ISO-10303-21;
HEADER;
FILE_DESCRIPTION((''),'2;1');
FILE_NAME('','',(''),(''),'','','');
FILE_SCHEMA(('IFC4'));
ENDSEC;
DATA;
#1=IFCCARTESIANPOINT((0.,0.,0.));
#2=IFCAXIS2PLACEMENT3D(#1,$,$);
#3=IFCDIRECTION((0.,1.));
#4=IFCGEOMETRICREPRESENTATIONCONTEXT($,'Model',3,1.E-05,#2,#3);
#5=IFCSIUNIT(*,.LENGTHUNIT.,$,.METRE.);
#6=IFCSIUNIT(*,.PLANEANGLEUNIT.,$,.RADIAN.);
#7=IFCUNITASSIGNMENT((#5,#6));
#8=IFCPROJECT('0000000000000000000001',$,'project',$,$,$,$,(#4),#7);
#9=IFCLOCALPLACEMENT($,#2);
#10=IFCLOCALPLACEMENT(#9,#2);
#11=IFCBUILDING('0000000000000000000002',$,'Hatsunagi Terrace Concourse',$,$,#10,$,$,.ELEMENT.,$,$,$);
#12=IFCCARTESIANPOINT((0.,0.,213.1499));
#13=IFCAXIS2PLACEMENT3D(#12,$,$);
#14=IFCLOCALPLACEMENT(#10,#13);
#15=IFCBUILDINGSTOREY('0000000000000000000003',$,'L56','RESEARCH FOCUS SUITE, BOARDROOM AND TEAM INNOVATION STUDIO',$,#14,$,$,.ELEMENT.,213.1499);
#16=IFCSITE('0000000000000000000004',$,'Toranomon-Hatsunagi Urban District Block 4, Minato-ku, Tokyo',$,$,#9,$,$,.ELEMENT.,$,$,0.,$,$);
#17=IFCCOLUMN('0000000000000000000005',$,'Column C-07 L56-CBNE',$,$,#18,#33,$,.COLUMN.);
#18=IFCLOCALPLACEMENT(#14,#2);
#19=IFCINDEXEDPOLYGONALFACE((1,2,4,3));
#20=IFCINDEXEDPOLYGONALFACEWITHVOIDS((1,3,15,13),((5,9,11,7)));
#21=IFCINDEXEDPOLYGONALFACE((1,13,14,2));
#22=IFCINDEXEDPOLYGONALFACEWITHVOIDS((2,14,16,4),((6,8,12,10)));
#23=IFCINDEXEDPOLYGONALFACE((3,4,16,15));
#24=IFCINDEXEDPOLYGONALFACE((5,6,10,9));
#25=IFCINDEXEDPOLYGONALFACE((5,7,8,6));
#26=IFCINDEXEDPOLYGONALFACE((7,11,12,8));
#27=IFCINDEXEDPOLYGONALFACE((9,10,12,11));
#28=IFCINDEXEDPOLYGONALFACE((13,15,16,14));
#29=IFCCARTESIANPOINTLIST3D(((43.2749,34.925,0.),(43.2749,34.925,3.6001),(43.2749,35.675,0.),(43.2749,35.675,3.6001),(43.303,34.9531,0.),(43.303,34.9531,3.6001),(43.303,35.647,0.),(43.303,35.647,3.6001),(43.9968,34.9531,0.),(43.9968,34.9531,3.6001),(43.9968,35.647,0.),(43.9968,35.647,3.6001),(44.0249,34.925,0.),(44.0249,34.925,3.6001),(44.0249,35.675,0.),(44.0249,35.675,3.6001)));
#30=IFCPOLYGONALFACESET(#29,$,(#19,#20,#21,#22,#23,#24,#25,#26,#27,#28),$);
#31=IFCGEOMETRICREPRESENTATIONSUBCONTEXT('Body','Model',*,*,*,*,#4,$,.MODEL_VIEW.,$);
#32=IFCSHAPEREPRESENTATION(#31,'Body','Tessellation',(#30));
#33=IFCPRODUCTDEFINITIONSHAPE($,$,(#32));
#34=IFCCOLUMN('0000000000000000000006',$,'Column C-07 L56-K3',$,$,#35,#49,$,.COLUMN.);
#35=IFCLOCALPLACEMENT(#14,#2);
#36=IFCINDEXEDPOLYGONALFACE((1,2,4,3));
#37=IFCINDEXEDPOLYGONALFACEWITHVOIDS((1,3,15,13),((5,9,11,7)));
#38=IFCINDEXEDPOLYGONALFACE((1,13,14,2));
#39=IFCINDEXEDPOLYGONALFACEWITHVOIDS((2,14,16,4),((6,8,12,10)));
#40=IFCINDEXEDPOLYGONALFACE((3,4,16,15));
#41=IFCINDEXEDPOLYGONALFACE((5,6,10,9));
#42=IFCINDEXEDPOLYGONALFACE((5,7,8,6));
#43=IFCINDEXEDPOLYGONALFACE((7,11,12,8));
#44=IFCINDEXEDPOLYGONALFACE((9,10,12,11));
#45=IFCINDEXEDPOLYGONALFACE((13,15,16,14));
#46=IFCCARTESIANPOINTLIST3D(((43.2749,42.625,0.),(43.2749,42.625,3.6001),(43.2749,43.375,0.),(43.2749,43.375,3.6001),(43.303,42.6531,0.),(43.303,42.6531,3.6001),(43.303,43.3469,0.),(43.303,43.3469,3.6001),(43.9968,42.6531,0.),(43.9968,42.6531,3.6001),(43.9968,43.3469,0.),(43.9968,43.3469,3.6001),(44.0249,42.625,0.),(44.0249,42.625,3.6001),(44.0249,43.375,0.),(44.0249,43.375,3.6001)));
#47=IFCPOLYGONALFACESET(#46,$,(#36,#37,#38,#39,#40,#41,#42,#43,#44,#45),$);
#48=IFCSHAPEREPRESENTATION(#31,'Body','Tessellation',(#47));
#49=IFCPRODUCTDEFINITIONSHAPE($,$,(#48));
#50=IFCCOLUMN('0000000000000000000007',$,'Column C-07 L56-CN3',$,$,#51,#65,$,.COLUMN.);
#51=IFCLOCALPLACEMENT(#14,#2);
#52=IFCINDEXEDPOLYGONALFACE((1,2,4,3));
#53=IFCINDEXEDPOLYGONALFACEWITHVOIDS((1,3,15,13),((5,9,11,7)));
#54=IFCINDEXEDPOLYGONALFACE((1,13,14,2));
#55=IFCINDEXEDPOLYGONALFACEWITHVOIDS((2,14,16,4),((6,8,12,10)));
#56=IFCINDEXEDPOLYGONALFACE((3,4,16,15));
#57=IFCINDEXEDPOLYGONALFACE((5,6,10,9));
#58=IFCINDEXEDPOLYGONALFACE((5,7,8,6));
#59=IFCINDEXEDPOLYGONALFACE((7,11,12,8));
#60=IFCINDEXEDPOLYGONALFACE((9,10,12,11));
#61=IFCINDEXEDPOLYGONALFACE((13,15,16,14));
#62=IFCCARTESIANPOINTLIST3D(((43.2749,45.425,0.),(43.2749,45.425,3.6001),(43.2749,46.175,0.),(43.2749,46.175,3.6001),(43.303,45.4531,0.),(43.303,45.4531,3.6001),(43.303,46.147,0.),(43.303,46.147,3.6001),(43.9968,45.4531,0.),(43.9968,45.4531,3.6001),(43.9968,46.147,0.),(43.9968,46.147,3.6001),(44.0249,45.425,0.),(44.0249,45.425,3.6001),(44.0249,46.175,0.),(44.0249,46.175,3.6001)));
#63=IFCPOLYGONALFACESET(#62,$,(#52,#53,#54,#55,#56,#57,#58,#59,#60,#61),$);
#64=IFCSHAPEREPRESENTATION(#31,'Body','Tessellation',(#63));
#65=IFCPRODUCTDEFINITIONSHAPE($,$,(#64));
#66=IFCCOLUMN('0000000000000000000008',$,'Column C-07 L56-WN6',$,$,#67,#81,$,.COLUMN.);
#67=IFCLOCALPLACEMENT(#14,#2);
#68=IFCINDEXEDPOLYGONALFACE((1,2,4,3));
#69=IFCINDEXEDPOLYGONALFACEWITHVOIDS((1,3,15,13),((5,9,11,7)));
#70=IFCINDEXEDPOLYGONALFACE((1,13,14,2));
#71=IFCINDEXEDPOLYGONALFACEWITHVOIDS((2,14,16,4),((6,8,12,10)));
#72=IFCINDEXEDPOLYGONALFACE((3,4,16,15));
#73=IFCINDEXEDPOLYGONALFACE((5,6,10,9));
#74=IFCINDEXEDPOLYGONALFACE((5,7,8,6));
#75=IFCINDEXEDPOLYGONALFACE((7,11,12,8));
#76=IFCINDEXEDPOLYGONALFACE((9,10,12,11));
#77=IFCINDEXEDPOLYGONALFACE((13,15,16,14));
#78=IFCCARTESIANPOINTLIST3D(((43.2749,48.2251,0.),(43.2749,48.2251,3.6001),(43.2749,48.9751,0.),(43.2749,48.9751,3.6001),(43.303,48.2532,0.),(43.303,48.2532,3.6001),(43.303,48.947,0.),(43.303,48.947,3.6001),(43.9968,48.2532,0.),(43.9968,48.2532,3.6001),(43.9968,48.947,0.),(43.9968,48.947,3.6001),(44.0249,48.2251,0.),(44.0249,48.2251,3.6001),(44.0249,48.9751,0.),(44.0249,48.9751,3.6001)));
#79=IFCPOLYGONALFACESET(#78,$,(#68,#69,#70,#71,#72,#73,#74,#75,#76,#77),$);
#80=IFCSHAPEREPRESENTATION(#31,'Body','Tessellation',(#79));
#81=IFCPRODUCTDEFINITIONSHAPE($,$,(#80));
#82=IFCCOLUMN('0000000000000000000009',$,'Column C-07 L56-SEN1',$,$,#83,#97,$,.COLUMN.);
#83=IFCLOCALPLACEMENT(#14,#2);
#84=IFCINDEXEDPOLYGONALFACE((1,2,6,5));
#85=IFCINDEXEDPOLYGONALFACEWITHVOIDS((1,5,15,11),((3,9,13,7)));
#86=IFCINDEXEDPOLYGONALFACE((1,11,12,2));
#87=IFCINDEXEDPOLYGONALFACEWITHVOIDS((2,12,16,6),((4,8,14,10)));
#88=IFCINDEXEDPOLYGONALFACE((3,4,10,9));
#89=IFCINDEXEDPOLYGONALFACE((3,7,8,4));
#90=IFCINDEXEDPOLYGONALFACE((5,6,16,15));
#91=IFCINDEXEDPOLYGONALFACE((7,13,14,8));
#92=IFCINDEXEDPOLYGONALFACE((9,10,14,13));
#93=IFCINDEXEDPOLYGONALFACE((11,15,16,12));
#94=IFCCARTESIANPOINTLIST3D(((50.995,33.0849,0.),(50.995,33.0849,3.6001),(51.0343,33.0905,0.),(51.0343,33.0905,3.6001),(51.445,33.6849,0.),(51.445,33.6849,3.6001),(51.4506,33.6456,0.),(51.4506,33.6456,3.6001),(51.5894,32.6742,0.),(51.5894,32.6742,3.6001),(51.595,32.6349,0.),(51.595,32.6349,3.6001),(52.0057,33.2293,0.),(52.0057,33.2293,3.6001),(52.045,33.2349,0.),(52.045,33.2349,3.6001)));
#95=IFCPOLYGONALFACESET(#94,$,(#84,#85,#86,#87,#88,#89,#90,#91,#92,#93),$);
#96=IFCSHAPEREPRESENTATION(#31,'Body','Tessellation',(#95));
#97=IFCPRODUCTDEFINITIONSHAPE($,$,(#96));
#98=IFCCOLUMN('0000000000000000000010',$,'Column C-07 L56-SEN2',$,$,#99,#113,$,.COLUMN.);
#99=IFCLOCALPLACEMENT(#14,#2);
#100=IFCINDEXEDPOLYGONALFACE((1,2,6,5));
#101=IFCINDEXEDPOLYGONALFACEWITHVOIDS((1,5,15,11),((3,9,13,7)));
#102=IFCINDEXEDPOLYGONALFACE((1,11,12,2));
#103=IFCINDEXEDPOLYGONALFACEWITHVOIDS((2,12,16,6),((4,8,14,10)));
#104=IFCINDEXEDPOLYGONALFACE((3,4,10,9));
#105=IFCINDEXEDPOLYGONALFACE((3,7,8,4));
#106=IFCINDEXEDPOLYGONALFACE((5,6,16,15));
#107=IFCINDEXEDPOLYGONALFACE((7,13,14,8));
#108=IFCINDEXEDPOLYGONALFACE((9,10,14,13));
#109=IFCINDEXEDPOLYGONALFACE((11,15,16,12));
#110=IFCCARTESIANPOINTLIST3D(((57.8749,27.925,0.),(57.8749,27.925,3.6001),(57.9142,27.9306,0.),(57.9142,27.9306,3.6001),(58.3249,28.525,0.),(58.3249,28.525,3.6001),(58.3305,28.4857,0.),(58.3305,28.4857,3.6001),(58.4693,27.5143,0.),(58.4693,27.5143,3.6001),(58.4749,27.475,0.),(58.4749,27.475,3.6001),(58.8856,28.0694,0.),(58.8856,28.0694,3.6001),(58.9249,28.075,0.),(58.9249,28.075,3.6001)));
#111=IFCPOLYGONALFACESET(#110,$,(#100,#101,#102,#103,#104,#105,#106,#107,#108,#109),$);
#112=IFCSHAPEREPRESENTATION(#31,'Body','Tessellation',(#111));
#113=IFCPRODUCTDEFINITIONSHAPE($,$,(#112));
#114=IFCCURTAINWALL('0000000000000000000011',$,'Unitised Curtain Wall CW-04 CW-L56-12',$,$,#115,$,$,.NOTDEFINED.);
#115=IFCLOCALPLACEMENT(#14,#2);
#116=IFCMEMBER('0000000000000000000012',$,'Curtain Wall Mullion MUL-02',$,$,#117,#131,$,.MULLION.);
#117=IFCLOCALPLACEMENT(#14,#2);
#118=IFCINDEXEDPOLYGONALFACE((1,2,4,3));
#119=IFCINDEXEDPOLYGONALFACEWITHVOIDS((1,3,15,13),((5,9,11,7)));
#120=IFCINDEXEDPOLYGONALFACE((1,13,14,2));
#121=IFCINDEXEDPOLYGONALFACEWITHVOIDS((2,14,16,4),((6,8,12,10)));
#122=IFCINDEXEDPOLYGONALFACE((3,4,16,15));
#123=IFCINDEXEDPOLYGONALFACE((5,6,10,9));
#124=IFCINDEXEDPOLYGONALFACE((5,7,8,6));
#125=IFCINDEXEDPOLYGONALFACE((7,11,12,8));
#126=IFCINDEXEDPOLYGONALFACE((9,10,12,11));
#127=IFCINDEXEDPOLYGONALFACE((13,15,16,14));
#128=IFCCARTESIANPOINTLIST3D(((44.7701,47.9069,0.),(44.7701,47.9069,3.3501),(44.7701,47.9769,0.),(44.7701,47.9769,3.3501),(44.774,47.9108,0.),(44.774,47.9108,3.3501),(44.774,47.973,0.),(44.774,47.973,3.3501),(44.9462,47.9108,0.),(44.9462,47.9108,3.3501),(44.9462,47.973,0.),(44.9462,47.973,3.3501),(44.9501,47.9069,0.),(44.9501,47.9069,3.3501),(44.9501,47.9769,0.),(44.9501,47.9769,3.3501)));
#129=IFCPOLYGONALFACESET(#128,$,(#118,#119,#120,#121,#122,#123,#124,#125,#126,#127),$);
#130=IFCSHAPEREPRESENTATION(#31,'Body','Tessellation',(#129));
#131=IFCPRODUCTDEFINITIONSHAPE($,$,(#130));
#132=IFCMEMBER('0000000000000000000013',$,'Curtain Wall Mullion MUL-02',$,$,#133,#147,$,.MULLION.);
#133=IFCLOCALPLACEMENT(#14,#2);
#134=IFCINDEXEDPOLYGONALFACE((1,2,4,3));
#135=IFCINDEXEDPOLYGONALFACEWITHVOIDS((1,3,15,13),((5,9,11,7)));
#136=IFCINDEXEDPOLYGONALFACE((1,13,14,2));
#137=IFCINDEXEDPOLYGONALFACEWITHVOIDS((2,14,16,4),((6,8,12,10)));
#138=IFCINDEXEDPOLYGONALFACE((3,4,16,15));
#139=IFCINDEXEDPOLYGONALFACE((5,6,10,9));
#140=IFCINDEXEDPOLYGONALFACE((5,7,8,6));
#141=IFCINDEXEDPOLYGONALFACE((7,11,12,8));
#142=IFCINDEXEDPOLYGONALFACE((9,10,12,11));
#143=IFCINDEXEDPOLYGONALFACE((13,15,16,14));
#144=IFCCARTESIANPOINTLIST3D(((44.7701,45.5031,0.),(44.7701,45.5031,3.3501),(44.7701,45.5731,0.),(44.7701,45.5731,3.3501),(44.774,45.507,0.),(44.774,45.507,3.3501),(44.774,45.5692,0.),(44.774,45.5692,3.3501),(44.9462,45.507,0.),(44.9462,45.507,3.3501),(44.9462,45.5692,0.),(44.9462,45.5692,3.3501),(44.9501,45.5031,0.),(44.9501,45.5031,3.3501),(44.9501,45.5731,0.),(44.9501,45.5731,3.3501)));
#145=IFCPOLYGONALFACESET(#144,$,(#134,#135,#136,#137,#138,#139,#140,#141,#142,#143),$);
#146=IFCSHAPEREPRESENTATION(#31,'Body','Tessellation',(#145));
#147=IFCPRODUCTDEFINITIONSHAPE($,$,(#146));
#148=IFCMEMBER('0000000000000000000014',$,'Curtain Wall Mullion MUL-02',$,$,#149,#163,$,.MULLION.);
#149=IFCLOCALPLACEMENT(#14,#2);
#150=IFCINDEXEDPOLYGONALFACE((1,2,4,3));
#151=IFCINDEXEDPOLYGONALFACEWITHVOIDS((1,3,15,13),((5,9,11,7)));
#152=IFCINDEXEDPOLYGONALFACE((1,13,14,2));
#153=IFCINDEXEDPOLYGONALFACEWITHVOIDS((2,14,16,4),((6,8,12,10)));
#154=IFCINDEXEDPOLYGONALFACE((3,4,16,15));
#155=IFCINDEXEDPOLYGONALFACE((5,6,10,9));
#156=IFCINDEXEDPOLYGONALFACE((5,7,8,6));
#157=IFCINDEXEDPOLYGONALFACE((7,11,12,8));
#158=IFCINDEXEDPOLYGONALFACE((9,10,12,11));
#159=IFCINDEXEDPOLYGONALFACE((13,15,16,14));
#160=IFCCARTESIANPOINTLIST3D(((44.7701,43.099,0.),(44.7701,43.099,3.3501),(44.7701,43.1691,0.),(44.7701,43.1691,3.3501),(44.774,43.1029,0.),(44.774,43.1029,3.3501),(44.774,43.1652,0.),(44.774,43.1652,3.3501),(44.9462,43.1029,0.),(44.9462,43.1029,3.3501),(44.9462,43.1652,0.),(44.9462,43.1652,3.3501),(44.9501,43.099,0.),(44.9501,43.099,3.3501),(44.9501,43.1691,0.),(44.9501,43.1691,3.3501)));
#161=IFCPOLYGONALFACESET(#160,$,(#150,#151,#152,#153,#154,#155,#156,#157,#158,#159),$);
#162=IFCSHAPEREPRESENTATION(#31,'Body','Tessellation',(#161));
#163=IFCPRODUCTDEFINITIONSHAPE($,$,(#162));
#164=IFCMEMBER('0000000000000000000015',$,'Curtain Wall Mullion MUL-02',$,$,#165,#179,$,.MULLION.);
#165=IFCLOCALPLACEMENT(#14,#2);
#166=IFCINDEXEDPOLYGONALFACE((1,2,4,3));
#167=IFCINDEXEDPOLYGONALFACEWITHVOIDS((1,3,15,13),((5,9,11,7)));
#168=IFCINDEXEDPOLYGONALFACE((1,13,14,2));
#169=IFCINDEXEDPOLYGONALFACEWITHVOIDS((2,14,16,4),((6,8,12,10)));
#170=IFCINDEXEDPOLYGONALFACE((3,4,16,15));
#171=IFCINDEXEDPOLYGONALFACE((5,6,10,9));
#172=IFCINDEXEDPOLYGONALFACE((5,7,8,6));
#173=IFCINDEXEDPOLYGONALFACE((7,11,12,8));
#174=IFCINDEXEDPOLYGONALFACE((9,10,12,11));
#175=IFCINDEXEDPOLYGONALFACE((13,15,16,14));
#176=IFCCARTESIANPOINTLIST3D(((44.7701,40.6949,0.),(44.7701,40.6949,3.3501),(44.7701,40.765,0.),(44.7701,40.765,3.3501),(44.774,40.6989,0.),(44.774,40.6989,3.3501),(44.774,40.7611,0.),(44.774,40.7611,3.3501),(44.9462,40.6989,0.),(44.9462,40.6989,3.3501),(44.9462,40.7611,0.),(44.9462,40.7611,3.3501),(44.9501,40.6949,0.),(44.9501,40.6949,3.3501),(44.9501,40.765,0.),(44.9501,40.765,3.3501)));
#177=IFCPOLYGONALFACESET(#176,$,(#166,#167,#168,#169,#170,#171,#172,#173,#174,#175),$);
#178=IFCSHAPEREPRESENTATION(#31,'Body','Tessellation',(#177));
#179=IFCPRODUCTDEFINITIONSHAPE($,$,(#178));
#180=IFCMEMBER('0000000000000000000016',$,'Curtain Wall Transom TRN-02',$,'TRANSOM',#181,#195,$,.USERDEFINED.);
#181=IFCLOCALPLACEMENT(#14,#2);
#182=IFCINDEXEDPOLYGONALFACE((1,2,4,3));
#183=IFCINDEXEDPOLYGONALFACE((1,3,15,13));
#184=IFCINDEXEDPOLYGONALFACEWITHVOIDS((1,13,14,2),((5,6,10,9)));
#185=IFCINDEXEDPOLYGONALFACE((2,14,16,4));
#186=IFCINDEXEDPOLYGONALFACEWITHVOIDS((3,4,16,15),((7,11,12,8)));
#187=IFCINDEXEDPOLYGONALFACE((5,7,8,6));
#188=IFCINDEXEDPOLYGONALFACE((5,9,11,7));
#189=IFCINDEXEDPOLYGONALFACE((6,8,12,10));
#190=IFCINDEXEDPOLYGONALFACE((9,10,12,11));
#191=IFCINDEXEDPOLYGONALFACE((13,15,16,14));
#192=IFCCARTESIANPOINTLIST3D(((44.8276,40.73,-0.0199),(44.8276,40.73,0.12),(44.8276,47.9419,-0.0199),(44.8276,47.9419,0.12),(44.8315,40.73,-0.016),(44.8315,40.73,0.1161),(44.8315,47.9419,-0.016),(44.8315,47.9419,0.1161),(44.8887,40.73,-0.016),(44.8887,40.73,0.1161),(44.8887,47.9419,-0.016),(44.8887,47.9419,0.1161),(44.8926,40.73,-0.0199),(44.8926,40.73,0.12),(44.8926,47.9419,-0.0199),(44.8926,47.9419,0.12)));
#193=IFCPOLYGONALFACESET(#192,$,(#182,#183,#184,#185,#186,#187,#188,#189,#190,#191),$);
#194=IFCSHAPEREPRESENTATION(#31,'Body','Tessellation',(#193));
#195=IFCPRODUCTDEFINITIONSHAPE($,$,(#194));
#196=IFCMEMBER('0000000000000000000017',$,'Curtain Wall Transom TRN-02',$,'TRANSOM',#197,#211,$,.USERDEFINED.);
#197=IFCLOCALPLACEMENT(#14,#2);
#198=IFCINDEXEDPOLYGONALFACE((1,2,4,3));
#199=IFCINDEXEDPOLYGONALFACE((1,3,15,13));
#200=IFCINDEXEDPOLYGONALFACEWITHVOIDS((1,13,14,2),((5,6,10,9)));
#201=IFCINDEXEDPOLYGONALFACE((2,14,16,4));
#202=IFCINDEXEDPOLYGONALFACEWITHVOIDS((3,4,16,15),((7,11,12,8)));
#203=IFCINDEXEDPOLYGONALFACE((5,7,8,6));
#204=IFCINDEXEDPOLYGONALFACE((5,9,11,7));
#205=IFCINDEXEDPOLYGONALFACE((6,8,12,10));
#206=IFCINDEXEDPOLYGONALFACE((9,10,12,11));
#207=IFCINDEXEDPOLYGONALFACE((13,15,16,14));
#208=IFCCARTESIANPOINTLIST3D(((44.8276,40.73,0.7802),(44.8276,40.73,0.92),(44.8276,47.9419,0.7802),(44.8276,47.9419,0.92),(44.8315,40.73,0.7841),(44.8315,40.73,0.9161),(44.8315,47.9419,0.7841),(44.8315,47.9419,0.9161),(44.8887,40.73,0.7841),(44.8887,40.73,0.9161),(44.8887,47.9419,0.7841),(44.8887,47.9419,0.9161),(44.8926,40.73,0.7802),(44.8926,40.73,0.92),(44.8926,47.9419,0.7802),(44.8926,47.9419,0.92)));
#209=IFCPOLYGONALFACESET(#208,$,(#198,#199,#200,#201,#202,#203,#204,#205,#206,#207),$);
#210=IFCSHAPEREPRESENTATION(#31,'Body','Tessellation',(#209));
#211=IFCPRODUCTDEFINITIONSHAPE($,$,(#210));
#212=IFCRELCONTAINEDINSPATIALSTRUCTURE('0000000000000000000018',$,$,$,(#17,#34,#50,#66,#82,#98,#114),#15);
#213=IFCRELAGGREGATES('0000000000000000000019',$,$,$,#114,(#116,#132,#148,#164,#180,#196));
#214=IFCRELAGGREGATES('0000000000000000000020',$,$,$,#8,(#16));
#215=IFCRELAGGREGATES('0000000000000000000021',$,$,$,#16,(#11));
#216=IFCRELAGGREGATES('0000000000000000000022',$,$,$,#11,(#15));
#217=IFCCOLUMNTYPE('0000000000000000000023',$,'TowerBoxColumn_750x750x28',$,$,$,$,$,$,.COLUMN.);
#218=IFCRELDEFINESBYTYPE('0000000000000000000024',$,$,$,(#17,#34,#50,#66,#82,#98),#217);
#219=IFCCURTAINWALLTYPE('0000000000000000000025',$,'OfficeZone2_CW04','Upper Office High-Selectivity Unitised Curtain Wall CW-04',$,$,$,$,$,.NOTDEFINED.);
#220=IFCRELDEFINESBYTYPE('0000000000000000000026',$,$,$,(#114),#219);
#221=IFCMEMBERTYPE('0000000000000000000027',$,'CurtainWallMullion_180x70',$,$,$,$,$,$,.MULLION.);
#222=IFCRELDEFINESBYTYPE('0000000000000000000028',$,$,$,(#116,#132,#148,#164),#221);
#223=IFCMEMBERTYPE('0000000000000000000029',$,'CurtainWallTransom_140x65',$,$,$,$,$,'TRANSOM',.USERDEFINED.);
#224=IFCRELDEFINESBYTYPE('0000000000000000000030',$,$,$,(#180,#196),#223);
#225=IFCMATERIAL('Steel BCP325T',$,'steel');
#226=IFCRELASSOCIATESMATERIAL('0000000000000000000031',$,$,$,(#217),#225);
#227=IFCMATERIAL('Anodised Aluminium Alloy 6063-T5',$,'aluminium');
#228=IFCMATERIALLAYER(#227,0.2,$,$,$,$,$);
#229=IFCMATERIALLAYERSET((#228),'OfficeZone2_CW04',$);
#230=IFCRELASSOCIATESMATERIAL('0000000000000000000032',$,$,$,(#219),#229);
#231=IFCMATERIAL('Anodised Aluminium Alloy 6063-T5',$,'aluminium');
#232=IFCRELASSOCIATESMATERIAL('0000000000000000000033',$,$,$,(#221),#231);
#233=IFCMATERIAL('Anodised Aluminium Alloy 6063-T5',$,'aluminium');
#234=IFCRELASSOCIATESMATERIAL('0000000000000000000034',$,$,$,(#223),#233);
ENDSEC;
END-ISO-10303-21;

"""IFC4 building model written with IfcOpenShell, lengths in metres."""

from ifc_helpers import new_model, si_unit, direction, frame, origin, origin_2d, place, context, subcontext, project, spatial, hollow_rectangle, extrude, material, layer, layer_set, material_profile, profile_set, type_object, element, aggregate, save


model = new_model("IFC4")

# Units and contexts
model_context = context("Model", 3, precision=1e-05, world=origin(), true_north=direction((0.0, 1.0)))
body_context = subcontext(model_context, "Body", "Model", "MODEL_VIEW")
ifc_project = project(units=[si_unit("LENGTHUNIT", "METRE"), si_unit("PLANEANGLEUNIT", "RADIAN")], contexts=[model_context])

# Site, building, storey
site_placement = place(None, origin())
site = spatial("IfcSite", under=ifc_project, at=site_placement, Name="Toranomon-Hatsunagi Urban District Block 4, Minato-ku, Tokyo", CompositionType="ELEMENT", RefElevation=0.0)
building_placement = place(site_placement, origin())
building = spatial("IfcBuilding", under=site, at=building_placement, Name="Hatsunagi Terrace Concourse", CompositionType="ELEMENT")
storey_placement = place(building_placement, frame((0.0, 0.0, 213.1499)))
storey = spatial("IfcBuildingStorey", under=building, at=storey_placement, Name="L56", Description="RESEARCH FOCUS SUITE, BOARDROOM AND TEAM INNOVATION STUDIO", CompositionType="ELEMENT", Elevation=213.1499)

# Columns
ifc_material_1 = material(Name="Steel BCP325T", Category="steel")
ifc_material_profile_1 = material_profile(ifc_material_1, hollow_rectangle(XDim=0.75, YDim=0.75, WallThickness=0.0281, at=origin_2d()), Name="BCP-750x750x28")
ifc_profile_set_1 = profile_set([ifc_material_profile_1], Name="Steel BCP325T")
column_type = type_object("IfcColumnType", Name="TowerBoxColumn_750x750x28", PredefinedType="COLUMN", material=ifc_profile_set_1)
for number, where, z_axis, x_axis, name in (
    (1, (43.6499, 35.3, 0.0), (0.0, 0.0, 1.0), (1.0, 0.0, 0.0), "Column C-07 L56-CBNE"),
    (2, (43.6499, 43.0, 0.0), (0.0, 0.0, 1.0), (1.0, 0.0, 0.0), "Column C-07 L56-K3"),
    (3, (43.6499, 45.8, 0.0), (0.0, 0.0, 1.0), (1.0, 0.0, 0.0), "Column C-07 L56-CN3"),
    (4, (43.6499, 48.6001, 0.0), (0.0, 0.0, 1.0), (1.0, 0.0, 0.0), "Column C-07 L56-WN6"),
    (5, (51.52, 33.1599, 0.0), (0.0, 0.0, 1.0), (0.8, -0.6, 0.0), "Column C-07 L56-SEN1"),
    (6, (58.3999, 28.0, 0.0), (0.0, 0.0, 1.0), (0.8, -0.6, 0.0), "Column C-07 L56-SEN2"),
):
    element("IfcColumn", number, at=place(storey_placement, frame(where, z_axis=z_axis, x_axis=x_axis)), inside=storey, type_object=column_type, Name=name, PredefinedType="COLUMN", context=body_context, shape_type="SweptSolid", body=[
        extrude(hollow_rectangle(XDim=0.75, YDim=0.75, WallThickness=0.0281, at=origin_2d()), origin(), (0.0, 0.0, 1.0), 3.6001),
    ])

# Curtain wall, members
ifc_material_2 = material(Name="Anodised Aluminium Alloy 6063-T5", Category="aluminium")
ifc_layer_1 = layer(ifc_material_2, 0.2)
ifc_layer_set_1 = layer_set([ifc_layer_1], Name="OfficeZone2_CW04")
curtain_wall_type = type_object("IfcCurtainWallType", Name="OfficeZone2_CW04", Description="Upper Office High-Selectivity Unitised Curtain Wall CW-04", PredefinedType="NOTDEFINED", material=ifc_layer_set_1)
curtain_wall_placement = place(storey_placement, origin())
curtain_wall = element("IfcCurtainWall", 7, at=curtain_wall_placement, inside=storey, type_object=curtain_wall_type, Name="Unitised Curtain Wall CW-04 CW-L56-12", PredefinedType="NOTDEFINED")
ifc_material_3 = material(Name="Anodised Aluminium Alloy 6063-T5", Category="aluminium")
ifc_material_profile_2 = material_profile(ifc_material_3, hollow_rectangle(XDim=0.0701, YDim=0.1799, WallThickness=0.0039, at=origin_2d()), Name="ALU-MUL-180x70x4")
ifc_profile_set_2 = profile_set([ifc_material_profile_2], Name="Anodised Aluminium Alloy 6063-T5")
member_type_1 = type_object("IfcMemberType", Name="CurtainWallMullion_180x70", PredefinedType="MULLION", material=ifc_profile_set_2)
member_1_placement = place(storey_placement, frame((44.8601, 47.9419, 0.0), z_axis=(0.0, 0.0, 1.0), x_axis=(0.0, -1.0, 0.0)))
member_1 = element("IfcMember", 8, at=member_1_placement, type_object=member_type_1, Name="Curtain Wall Mullion MUL-02", PredefinedType="MULLION", context=body_context, shape_type="SweptSolid", body=[
    extrude(hollow_rectangle(XDim=0.0701, YDim=0.1799, WallThickness=0.0039, at=origin_2d()), origin(), (0.0, 0.0, 1.0), 3.3501),
])
member_2_placement = place(storey_placement, frame((44.8601, 45.5381, 0.0), z_axis=(0.0, 0.0, 1.0), x_axis=(0.0, -1.0, 0.0)))
member_2 = element("IfcMember", 9, at=member_2_placement, type_object=member_type_1, Name="Curtain Wall Mullion MUL-02", PredefinedType="MULLION", context=body_context, shape_type="SweptSolid", body=[
    extrude(hollow_rectangle(XDim=0.0701, YDim=0.1799, WallThickness=0.0039, at=origin_2d()), origin(), (0.0, 0.0, 1.0), 3.3501),
])
member_3_placement = place(storey_placement, frame((44.8601, 43.134, 0.0), z_axis=(0.0, 0.0, 1.0), x_axis=(0.0, -1.0, 0.0)))
member_3 = element("IfcMember", 10, at=member_3_placement, type_object=member_type_1, Name="Curtain Wall Mullion MUL-02", PredefinedType="MULLION", context=body_context, shape_type="SweptSolid", body=[
    extrude(hollow_rectangle(XDim=0.0701, YDim=0.1799, WallThickness=0.0039, at=origin_2d()), origin(), (0.0, 0.0, 1.0), 3.3501),
])
member_4_placement = place(storey_placement, frame((44.8601, 40.73, 0.0), z_axis=(0.0, 0.0, 1.0), x_axis=(0.0, -1.0, 0.0)))
member_4 = element("IfcMember", 11, at=member_4_placement, type_object=member_type_1, Name="Curtain Wall Mullion MUL-02", PredefinedType="MULLION", context=body_context, shape_type="SweptSolid", body=[
    extrude(hollow_rectangle(XDim=0.0701, YDim=0.1799, WallThickness=0.0039, at=origin_2d()), origin(), (0.0, 0.0, 1.0), 3.3501),
])
ifc_material_4 = material(Name="Anodised Aluminium Alloy 6063-T5", Category="aluminium")
ifc_material_profile_3 = material_profile(ifc_material_4, hollow_rectangle(XDim=0.0649, YDim=0.1399, WallThickness=0.0039, at=origin_2d()), Name="ALU-TRN-140x65x4")
ifc_profile_set_3 = profile_set([ifc_material_profile_3], Name="Anodised Aluminium Alloy 6063-T5")
member_type_2 = type_object("IfcMemberType", Name="CurtainWallTransom_140x65", ElementType="TRANSOM", PredefinedType="USERDEFINED", material=ifc_profile_set_3)
member_5_placement = place(storey_placement, frame((44.8601, 47.9419, 0.05), z_axis=(0.0, -1.0, 0.0), x_axis=(1.0, 0.0, 0.0)))
member_5 = element("IfcMember", 12, at=member_5_placement, type_object=member_type_2, Name="Curtain Wall Transom TRN-02", ObjectType="TRANSOM", PredefinedType="USERDEFINED", context=body_context, shape_type="SweptSolid", body=[
    extrude(hollow_rectangle(XDim=0.0649, YDim=0.1399, WallThickness=0.0039, at=origin_2d()), origin(), (0.0, 0.0, 1.0), 7.2119),
])
member_6_placement = place(storey_placement, frame((44.8601, 47.9419, 0.8501), z_axis=(0.0, -1.0, 0.0), x_axis=(1.0, 0.0, 0.0)))
member_6 = element("IfcMember", 13, at=member_6_placement, type_object=member_type_2, Name="Curtain Wall Transom TRN-02", ObjectType="TRANSOM", PredefinedType="USERDEFINED", context=body_context, shape_type="SweptSolid", body=[
    extrude(hollow_rectangle(XDim=0.0649, YDim=0.1399, WallThickness=0.0039, at=origin_2d()), origin(), (0.0, 0.0, 1.0), 7.2119),
])

aggregate(curtain_wall, [member_1, member_2, member_3, member_4, member_5, member_6])

save(model, "model.ifc")
